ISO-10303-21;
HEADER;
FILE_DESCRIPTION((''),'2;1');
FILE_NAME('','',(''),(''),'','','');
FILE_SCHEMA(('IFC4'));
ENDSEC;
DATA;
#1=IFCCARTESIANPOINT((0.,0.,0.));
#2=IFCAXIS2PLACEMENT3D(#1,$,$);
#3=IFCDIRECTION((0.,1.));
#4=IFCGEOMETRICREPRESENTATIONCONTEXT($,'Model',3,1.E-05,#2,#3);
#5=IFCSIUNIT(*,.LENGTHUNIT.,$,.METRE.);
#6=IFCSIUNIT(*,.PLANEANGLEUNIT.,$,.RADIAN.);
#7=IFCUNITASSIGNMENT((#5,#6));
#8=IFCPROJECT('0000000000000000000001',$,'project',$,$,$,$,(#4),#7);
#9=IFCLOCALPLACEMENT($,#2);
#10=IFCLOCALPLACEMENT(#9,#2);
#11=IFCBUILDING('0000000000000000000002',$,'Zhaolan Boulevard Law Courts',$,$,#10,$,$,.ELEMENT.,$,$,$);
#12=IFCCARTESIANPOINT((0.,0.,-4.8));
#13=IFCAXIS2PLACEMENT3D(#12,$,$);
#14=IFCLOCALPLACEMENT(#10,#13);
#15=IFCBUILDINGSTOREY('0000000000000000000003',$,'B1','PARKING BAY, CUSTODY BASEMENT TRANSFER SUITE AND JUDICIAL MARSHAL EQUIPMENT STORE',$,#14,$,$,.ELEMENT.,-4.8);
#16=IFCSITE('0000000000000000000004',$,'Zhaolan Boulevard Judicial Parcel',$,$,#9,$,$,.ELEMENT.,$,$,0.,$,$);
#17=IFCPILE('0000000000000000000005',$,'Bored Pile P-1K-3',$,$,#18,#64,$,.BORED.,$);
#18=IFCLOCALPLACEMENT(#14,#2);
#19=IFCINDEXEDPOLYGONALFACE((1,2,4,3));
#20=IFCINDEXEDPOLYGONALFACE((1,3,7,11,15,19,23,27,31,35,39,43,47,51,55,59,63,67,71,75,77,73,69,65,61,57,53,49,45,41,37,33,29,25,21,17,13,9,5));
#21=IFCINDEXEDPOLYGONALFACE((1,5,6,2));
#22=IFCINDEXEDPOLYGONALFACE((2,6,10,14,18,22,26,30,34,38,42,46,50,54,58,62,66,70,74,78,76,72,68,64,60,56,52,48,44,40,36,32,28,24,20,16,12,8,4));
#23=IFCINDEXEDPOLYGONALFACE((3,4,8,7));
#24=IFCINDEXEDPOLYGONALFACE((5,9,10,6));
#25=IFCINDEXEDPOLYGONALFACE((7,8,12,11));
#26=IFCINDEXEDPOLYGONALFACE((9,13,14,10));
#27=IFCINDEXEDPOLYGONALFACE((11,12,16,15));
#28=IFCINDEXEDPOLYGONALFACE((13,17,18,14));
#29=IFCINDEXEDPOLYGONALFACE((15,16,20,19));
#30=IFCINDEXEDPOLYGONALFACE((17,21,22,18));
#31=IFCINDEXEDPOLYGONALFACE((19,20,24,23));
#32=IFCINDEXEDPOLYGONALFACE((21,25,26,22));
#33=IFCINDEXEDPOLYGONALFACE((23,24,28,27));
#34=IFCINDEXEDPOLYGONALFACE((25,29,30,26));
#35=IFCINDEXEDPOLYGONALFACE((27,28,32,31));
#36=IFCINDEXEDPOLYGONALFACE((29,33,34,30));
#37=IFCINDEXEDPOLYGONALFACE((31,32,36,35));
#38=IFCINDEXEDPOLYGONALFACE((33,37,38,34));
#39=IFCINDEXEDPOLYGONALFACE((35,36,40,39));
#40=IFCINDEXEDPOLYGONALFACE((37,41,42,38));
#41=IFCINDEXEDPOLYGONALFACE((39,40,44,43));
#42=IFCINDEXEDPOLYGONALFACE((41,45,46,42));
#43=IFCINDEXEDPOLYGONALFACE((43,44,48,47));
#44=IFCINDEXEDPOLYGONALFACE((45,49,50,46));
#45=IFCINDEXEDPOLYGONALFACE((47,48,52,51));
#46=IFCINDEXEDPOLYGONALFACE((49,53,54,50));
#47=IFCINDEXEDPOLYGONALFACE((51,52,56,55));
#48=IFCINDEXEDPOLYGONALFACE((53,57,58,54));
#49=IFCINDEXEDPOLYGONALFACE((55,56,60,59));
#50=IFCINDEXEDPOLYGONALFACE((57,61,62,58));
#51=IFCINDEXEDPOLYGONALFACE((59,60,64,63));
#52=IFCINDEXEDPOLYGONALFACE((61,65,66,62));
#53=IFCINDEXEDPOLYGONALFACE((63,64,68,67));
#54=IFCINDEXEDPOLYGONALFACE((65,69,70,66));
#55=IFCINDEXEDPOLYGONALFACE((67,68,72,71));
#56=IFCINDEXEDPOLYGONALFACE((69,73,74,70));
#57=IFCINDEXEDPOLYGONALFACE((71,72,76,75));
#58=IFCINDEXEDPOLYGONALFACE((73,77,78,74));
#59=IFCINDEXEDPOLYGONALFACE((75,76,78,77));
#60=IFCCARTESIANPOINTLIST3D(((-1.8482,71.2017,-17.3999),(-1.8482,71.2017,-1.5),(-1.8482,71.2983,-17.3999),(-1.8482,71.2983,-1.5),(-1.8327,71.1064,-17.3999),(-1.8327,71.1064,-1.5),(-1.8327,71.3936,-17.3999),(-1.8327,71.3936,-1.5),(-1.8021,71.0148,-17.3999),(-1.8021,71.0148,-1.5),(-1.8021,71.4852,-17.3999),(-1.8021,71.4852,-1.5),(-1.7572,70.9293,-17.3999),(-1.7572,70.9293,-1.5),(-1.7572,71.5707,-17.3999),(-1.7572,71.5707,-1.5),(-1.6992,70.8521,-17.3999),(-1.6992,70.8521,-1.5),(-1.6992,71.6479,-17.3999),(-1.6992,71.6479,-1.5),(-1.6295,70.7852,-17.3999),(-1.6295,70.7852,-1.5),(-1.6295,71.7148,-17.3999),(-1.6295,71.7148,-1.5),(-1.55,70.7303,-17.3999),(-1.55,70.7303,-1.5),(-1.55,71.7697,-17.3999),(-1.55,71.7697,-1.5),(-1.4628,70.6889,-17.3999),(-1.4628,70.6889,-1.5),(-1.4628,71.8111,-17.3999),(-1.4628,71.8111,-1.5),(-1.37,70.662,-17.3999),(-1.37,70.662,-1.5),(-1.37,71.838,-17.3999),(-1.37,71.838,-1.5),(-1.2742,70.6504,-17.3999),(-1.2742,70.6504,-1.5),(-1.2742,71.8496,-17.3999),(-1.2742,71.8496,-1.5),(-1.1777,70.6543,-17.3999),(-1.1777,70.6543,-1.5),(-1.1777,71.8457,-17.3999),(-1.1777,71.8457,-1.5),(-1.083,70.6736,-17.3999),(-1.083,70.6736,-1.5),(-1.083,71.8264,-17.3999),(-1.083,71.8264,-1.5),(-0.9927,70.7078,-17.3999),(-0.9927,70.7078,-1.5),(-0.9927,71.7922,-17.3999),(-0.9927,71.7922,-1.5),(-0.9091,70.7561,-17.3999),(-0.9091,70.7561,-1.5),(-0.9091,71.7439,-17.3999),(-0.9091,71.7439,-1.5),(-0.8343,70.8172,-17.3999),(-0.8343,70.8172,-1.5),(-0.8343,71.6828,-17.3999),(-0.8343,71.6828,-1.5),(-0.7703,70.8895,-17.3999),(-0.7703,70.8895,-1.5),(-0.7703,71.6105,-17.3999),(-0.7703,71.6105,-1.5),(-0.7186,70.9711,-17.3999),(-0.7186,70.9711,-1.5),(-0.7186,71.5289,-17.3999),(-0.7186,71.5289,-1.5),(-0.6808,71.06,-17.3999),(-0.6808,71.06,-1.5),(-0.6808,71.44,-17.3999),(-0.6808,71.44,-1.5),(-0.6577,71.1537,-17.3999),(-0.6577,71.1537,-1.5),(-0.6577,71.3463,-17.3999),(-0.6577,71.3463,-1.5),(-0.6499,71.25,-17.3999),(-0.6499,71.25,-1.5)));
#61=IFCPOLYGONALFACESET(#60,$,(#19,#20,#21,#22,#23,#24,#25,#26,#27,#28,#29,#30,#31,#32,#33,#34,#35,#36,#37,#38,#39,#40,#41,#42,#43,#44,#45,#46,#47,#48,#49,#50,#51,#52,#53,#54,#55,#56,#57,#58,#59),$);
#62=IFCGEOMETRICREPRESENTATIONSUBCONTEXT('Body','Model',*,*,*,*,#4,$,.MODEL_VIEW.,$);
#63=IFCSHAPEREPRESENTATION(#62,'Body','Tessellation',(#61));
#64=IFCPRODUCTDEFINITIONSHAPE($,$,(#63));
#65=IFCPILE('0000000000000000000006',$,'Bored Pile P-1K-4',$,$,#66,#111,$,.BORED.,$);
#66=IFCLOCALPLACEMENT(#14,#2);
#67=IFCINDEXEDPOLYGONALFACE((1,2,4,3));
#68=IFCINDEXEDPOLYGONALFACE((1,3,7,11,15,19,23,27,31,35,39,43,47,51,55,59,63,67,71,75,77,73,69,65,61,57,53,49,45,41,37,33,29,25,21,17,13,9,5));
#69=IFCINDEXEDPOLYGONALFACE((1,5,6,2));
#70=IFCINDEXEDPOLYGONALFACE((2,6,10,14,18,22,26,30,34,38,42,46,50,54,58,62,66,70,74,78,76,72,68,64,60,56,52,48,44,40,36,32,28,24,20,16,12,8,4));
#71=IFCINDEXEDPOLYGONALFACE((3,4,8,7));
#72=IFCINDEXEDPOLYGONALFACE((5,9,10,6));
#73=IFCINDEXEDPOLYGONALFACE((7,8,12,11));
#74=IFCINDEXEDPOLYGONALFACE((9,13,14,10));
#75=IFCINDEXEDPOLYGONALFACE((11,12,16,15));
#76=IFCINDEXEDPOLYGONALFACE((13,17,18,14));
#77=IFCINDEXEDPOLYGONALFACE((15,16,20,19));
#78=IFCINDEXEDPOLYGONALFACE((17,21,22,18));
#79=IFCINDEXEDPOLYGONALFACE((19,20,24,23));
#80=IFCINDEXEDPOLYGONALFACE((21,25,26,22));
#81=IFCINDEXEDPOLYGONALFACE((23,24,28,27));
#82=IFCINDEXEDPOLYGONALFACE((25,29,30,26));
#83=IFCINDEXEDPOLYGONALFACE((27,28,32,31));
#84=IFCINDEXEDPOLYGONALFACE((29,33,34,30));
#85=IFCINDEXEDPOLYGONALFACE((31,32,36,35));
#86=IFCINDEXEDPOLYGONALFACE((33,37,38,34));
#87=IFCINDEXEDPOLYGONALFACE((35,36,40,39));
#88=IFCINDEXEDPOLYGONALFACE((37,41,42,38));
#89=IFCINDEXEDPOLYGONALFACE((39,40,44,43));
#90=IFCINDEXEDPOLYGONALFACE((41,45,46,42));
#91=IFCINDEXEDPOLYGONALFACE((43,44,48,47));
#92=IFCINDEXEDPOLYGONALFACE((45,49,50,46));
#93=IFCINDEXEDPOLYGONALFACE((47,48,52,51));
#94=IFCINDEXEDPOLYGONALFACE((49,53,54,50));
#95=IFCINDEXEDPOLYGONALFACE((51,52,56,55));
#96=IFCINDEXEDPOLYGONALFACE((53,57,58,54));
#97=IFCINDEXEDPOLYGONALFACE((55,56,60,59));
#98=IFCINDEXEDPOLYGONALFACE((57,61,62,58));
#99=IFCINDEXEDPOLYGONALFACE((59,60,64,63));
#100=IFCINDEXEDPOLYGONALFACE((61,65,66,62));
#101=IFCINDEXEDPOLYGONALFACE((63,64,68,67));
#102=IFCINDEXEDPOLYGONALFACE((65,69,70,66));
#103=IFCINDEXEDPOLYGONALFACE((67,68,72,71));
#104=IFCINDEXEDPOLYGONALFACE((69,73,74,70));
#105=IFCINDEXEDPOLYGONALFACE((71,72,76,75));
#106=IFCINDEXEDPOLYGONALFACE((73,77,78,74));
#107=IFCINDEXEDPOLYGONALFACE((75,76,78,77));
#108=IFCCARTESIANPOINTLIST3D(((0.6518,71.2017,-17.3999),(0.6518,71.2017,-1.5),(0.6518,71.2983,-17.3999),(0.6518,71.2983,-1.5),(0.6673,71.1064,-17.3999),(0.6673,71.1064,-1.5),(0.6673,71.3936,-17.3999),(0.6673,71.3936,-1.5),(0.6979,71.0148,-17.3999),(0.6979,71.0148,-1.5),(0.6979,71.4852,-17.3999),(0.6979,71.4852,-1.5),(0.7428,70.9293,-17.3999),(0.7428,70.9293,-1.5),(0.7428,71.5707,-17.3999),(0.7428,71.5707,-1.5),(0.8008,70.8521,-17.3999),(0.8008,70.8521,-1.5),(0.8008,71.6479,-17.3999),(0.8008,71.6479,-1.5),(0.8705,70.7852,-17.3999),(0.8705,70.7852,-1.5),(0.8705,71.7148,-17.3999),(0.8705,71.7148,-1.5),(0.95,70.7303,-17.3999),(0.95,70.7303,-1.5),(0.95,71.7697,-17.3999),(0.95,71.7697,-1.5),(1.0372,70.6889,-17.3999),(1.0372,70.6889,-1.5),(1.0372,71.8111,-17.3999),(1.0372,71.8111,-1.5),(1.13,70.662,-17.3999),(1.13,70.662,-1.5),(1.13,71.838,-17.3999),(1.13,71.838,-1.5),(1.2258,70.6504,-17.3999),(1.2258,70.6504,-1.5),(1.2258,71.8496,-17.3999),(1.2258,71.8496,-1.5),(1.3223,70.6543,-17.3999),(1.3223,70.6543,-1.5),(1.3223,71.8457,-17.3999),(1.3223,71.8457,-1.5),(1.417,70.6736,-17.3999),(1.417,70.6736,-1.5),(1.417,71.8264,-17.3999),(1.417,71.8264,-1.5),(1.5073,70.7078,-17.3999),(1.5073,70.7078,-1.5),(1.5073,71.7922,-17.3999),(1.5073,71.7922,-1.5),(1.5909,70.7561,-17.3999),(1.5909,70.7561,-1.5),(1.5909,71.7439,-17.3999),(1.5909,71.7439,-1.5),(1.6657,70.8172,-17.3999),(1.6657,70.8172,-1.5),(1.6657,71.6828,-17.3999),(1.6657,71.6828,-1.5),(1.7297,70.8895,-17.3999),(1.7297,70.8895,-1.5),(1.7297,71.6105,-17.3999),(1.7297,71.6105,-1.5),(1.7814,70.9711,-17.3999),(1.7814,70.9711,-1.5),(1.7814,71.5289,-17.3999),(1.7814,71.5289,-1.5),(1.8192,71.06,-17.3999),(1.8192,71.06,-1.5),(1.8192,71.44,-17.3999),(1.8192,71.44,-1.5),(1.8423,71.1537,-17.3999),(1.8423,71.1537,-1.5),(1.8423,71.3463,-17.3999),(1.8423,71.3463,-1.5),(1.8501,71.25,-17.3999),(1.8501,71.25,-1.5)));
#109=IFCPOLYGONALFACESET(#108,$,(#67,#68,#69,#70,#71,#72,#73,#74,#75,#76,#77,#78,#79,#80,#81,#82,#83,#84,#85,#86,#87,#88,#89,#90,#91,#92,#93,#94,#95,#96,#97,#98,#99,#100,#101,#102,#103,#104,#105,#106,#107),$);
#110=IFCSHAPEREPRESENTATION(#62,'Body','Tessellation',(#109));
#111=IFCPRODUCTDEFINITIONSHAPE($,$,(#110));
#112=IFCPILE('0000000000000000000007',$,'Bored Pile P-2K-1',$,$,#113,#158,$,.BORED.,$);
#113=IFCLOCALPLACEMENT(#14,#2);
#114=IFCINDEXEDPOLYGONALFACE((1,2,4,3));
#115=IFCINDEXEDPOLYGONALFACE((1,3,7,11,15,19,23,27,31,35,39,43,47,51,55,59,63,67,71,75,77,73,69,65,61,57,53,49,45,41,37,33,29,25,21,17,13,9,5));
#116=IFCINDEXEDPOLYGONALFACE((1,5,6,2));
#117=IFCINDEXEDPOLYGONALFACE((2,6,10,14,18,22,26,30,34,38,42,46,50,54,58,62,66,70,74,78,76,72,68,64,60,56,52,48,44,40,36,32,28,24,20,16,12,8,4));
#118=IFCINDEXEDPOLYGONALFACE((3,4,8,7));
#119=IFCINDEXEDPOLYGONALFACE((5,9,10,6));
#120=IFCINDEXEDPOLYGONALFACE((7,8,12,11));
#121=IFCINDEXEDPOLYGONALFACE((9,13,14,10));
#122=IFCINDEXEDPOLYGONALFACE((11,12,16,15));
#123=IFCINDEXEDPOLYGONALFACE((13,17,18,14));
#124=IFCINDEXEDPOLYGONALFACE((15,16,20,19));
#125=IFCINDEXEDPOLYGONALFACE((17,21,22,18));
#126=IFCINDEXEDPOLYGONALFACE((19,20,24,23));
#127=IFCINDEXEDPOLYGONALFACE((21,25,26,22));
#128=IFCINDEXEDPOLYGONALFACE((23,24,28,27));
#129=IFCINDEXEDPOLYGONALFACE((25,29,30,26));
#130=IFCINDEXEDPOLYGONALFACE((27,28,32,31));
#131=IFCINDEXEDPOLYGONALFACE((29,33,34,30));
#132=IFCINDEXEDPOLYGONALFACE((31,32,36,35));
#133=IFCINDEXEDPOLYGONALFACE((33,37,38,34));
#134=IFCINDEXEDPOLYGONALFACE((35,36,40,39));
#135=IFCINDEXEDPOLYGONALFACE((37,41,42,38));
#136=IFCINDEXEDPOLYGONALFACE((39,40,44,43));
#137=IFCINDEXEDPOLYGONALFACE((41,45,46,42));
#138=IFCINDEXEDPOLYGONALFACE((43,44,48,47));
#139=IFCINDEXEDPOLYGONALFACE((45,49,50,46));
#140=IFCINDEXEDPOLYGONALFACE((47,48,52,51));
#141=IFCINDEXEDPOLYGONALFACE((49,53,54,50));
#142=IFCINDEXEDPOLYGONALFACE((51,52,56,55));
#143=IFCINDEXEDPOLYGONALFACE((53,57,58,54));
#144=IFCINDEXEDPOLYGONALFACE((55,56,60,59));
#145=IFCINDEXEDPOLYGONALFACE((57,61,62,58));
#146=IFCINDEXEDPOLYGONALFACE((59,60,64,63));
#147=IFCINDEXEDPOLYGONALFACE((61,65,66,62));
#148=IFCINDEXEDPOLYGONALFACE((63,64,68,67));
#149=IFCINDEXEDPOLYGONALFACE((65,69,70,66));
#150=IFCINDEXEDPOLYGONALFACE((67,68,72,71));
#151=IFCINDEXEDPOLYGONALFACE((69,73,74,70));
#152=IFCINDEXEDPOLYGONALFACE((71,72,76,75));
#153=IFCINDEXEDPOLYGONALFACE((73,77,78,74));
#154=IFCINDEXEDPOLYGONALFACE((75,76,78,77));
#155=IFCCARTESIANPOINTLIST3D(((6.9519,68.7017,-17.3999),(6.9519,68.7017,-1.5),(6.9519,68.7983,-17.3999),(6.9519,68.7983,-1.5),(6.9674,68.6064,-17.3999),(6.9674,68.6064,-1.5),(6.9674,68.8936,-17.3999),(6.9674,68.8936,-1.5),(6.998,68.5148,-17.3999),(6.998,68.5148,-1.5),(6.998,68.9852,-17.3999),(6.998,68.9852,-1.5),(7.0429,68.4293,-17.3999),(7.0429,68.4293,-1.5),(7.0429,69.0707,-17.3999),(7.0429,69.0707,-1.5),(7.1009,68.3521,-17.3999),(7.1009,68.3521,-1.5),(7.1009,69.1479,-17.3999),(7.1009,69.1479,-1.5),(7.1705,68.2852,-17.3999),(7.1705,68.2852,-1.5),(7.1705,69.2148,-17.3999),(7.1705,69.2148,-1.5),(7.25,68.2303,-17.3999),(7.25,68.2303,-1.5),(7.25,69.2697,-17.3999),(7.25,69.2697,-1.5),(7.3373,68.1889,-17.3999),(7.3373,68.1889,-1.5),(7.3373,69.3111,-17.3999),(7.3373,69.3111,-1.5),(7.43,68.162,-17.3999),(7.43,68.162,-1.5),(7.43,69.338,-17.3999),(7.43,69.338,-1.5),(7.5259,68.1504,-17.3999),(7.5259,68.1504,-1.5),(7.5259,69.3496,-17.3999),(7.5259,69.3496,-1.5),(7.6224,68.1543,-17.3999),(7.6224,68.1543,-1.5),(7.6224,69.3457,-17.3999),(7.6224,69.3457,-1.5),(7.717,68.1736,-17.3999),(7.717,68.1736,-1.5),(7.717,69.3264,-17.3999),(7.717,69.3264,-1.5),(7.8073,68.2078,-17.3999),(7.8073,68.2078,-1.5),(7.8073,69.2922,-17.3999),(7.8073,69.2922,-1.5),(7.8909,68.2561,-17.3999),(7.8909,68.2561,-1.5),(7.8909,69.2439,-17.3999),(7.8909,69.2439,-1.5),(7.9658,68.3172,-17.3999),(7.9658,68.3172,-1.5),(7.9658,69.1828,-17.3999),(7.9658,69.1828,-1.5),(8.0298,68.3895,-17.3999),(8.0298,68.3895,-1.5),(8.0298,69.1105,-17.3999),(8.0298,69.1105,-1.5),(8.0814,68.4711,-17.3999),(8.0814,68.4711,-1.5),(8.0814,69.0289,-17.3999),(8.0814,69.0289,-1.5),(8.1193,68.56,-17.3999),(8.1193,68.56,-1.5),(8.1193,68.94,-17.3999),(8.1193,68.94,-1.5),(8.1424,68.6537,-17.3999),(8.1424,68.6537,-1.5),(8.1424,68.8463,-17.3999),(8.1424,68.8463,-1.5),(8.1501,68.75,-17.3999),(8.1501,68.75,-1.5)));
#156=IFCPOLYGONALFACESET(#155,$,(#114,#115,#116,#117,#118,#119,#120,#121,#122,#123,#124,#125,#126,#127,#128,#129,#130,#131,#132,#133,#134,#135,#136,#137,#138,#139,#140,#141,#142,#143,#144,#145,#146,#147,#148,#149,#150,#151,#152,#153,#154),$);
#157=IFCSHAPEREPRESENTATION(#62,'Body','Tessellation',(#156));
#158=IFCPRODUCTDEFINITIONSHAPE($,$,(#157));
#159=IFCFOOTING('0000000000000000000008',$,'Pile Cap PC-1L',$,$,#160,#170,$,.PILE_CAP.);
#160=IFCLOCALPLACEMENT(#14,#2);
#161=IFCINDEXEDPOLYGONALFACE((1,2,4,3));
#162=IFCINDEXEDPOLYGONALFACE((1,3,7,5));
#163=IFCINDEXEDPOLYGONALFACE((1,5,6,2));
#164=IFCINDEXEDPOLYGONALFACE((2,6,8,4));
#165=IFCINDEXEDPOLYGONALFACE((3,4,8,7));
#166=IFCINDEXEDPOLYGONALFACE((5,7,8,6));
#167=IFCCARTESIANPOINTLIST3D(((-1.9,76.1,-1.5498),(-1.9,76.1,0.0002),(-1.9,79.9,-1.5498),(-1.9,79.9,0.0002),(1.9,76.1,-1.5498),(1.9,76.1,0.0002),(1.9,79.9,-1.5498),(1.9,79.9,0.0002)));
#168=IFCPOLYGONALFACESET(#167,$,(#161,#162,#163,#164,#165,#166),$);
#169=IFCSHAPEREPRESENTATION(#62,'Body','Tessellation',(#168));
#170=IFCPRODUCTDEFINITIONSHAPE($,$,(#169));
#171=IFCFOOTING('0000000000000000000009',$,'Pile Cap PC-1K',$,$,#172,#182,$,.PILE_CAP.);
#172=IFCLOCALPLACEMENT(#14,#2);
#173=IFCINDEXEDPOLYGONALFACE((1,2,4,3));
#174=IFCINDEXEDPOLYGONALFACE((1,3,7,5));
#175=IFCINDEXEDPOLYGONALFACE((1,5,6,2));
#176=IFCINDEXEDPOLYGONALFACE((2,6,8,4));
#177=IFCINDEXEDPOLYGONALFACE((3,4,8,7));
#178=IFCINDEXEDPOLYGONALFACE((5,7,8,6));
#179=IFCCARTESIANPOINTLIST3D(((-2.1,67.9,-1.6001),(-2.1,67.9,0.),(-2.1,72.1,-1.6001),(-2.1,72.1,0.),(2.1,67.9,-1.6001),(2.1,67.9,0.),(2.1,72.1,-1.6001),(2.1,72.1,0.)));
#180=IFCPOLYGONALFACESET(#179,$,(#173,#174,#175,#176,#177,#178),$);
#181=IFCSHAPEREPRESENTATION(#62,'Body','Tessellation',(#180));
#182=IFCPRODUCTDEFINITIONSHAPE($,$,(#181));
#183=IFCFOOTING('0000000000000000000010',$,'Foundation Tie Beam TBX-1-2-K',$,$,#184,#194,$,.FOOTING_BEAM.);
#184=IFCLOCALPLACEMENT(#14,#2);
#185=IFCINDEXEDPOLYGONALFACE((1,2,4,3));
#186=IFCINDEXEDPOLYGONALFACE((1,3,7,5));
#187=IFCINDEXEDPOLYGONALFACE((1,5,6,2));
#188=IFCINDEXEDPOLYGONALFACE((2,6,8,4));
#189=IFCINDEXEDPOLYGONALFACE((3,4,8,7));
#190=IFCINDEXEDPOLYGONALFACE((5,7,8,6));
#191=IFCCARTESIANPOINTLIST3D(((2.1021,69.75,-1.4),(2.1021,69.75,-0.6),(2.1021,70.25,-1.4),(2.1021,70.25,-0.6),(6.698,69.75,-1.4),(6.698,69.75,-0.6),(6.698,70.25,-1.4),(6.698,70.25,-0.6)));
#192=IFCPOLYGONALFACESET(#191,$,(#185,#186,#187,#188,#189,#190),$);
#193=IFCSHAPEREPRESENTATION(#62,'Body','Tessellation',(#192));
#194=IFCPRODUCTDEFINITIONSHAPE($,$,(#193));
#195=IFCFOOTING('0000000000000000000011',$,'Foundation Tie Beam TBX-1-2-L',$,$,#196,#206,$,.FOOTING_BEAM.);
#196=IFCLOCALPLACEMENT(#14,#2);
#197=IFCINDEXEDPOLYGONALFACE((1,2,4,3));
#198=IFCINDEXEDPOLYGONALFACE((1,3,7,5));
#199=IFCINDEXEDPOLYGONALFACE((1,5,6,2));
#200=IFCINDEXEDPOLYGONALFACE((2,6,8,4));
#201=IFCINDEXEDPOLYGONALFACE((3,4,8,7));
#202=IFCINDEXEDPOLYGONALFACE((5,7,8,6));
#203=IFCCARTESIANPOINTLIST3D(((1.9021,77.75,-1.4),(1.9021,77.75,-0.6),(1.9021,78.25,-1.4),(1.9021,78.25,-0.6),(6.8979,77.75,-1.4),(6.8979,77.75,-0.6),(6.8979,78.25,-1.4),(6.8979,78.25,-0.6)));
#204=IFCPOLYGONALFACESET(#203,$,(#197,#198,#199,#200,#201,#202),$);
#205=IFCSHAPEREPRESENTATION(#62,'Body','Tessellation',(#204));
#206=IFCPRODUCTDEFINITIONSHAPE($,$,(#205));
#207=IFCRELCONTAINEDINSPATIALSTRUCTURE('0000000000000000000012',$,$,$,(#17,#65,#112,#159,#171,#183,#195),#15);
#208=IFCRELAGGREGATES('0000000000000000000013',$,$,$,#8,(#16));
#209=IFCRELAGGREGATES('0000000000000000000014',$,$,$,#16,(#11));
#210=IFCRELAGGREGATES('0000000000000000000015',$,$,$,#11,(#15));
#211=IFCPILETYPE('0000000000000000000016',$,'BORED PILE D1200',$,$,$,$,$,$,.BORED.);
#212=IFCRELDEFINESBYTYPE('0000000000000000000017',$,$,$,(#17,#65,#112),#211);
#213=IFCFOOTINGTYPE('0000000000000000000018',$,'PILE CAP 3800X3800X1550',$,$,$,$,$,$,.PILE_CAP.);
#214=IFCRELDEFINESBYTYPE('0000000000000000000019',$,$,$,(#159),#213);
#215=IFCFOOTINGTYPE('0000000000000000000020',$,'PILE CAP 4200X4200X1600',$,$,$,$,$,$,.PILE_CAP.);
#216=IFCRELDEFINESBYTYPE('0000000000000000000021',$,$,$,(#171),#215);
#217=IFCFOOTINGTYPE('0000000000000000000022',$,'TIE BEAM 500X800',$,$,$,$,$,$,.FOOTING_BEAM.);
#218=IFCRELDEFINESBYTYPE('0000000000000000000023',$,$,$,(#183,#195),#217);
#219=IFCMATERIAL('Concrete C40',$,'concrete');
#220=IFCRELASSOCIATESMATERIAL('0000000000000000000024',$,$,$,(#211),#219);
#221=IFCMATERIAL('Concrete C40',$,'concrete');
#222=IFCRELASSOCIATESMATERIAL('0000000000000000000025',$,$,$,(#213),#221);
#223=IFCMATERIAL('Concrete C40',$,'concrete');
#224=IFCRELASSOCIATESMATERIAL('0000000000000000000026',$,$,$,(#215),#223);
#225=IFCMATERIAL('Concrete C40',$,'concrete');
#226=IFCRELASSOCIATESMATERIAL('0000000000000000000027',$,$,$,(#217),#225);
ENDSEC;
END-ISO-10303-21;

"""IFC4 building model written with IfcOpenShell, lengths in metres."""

from ifc_helpers import new_model, si_unit, direction, frame, origin, origin_2d, place, context, subcontext, project, spatial, rectangle, circle, extrude, material, material_profile, profile_set, type_object, element, save


model = new_model("IFC4")

# Units and contexts
model_context = context("Model", 3, precision=1e-05, world=origin(), true_north=direction((0.0, 1.0)))
body_context = subcontext(model_context, "Body", "Model", "MODEL_VIEW")
ifc_project = project(units=[si_unit("LENGTHUNIT", "METRE"), si_unit("PLANEANGLEUNIT", "RADIAN")], contexts=[model_context])

# Site, building, storey
site_placement = place(None, origin())
site = spatial("IfcSite", under=ifc_project, at=site_placement, Name="Zhaolan Boulevard Judicial Parcel", CompositionType="ELEMENT", RefElevation=0.0)
building_placement = place(site_placement, origin())
building = spatial("IfcBuilding", under=site, at=building_placement, Name="Zhaolan Boulevard Law Courts", CompositionType="ELEMENT")
storey_placement = place(building_placement, frame((0.0, 0.0, -4.8)))
storey = spatial("IfcBuildingStorey", under=building, at=storey_placement, Name="B1", Description="PARKING BAY, CUSTODY BASEMENT TRANSFER SUITE AND JUDICIAL MARSHAL EQUIPMENT STORE", CompositionType="ELEMENT", Elevation=-4.8)

# Piles
ifc_material_1 = material(Name="Concrete C40", Category="concrete")
ifc_material_profile_1 = material_profile(ifc_material_1, circle(Radius=0.6001, at=origin_2d()), Name="PILE-D1200")
ifc_profile_set_1 = profile_set([ifc_material_profile_1], Name="Concrete C40")
pile_type_1 = type_object("IfcPileType", Name="BORED PILE D1200", PredefinedType="BORED", material=ifc_profile_set_1)
for number, where, z_axis, x_axis, name in (
    (1, (-1.25, 71.25, -1.5), (0.0, 0.0, -1.0), (1.0, 0.0, 0.0), "Bored Pile P-1K-3"),
    (2, (1.25, 71.25, -1.5), (0.0, 0.0, -1.0), (1.0, 0.0, 0.0), "Bored Pile P-1K-4"),
    (3, (7.55, 68.75, -1.5), (0.0, 0.0, -1.0), (1.0, 0.0, 0.0), "Bored Pile P-2K-1"),
):
    element("IfcPile", number, at=place(storey_placement, frame(where, z_axis=z_axis, x_axis=x_axis)), inside=storey, type_object=pile_type_1, Name=name, PredefinedType="BORED", context=body_context, shape_type="SweptSolid", body=[
        extrude(circle(Radius=0.6001, at=origin_2d()), origin(), (0.0, 0.0, 1.0), 15.8999),
    ])

# Footings
ifc_material_2 = material(Name="Concrete C40", Category="concrete")
footing_type_1 = type_object("IfcFootingType", Name="PILE CAP 3800X3800X1550", PredefinedType="PILE_CAP", material=ifc_material_2)
footing_1_placement = place(storey_placement, frame((0.0, 78.0, -1.5498), z_axis=(0.0, 0.0, 1.0), x_axis=(1.0, 0.0, 0.0)))
element("IfcFooting", 4, at=footing_1_placement, inside=storey, type_object=footing_type_1, Name="Pile Cap PC-1L", PredefinedType="PILE_CAP", context=body_context, shape_type="SweptSolid", body=[
    extrude(rectangle(XDim=3.8, YDim=3.8, at=origin_2d()), origin(), (0.0, 0.0, 1.0), 1.55),
])
ifc_material_3 = material(Name="Concrete C40", Category="concrete")
footing_type_2 = type_object("IfcFootingType", Name="PILE CAP 4200X4200X1600", PredefinedType="PILE_CAP", material=ifc_material_3)
footing_2_placement = place(storey_placement, frame((0.0, 70.0, -1.6001), z_axis=(0.0, 0.0, 1.0), x_axis=(1.0, 0.0, 0.0)))
element("IfcFooting", 5, at=footing_2_placement, inside=storey, type_object=footing_type_2, Name="Pile Cap PC-1K", PredefinedType="PILE_CAP", context=body_context, shape_type="SweptSolid", body=[
    extrude(rectangle(XDim=4.2, YDim=4.2, at=origin_2d()), origin(), (0.0, 0.0, 1.0), 1.6001),
])
ifc_material_4 = material(Name="Concrete C40", Category="concrete")
ifc_material_profile_2 = material_profile(ifc_material_4, rectangle(XDim=0.5, YDim=0.8, at=origin_2d()), Name="RC500x800")
ifc_profile_set_2 = profile_set([ifc_material_profile_2], Name="Concrete C40")
footing_type_3 = type_object("IfcFootingType", Name="TIE BEAM 500X800", PredefinedType="FOOTING_BEAM", material=ifc_profile_set_2)
footing_3_placement = place(storey_placement, frame((2.1021, 70.0, -1.0), z_axis=(1.0, 0.0, 0.0), x_axis=(0.0, 1.0, 0.0)))
element("IfcFooting", 6, at=footing_3_placement, inside=storey, type_object=footing_type_3, Name="Foundation Tie Beam TBX-1-2-K", PredefinedType="FOOTING_BEAM", context=body_context, shape_type="SweptSolid", body=[
    extrude(rectangle(XDim=0.5, YDim=0.8, at=origin_2d()), origin(), (0.0, 0.0, 1.0), 4.5959),
])
footing_4_placement = place(storey_placement, frame((1.9021, 78.0, -1.0), z_axis=(1.0, 0.0, 0.0), x_axis=(0.0, 1.0, 0.0)))
element("IfcFooting", 7, at=footing_4_placement, inside=storey, type_object=footing_type_3, Name="Foundation Tie Beam TBX-1-2-L", PredefinedType="FOOTING_BEAM", context=body_context, shape_type="SweptSolid", body=[
    extrude(rectangle(XDim=0.5, YDim=0.8, at=origin_2d()), origin(), (0.0, 0.0, 1.0), 4.9958),
])

save(model, "model.ifc")
